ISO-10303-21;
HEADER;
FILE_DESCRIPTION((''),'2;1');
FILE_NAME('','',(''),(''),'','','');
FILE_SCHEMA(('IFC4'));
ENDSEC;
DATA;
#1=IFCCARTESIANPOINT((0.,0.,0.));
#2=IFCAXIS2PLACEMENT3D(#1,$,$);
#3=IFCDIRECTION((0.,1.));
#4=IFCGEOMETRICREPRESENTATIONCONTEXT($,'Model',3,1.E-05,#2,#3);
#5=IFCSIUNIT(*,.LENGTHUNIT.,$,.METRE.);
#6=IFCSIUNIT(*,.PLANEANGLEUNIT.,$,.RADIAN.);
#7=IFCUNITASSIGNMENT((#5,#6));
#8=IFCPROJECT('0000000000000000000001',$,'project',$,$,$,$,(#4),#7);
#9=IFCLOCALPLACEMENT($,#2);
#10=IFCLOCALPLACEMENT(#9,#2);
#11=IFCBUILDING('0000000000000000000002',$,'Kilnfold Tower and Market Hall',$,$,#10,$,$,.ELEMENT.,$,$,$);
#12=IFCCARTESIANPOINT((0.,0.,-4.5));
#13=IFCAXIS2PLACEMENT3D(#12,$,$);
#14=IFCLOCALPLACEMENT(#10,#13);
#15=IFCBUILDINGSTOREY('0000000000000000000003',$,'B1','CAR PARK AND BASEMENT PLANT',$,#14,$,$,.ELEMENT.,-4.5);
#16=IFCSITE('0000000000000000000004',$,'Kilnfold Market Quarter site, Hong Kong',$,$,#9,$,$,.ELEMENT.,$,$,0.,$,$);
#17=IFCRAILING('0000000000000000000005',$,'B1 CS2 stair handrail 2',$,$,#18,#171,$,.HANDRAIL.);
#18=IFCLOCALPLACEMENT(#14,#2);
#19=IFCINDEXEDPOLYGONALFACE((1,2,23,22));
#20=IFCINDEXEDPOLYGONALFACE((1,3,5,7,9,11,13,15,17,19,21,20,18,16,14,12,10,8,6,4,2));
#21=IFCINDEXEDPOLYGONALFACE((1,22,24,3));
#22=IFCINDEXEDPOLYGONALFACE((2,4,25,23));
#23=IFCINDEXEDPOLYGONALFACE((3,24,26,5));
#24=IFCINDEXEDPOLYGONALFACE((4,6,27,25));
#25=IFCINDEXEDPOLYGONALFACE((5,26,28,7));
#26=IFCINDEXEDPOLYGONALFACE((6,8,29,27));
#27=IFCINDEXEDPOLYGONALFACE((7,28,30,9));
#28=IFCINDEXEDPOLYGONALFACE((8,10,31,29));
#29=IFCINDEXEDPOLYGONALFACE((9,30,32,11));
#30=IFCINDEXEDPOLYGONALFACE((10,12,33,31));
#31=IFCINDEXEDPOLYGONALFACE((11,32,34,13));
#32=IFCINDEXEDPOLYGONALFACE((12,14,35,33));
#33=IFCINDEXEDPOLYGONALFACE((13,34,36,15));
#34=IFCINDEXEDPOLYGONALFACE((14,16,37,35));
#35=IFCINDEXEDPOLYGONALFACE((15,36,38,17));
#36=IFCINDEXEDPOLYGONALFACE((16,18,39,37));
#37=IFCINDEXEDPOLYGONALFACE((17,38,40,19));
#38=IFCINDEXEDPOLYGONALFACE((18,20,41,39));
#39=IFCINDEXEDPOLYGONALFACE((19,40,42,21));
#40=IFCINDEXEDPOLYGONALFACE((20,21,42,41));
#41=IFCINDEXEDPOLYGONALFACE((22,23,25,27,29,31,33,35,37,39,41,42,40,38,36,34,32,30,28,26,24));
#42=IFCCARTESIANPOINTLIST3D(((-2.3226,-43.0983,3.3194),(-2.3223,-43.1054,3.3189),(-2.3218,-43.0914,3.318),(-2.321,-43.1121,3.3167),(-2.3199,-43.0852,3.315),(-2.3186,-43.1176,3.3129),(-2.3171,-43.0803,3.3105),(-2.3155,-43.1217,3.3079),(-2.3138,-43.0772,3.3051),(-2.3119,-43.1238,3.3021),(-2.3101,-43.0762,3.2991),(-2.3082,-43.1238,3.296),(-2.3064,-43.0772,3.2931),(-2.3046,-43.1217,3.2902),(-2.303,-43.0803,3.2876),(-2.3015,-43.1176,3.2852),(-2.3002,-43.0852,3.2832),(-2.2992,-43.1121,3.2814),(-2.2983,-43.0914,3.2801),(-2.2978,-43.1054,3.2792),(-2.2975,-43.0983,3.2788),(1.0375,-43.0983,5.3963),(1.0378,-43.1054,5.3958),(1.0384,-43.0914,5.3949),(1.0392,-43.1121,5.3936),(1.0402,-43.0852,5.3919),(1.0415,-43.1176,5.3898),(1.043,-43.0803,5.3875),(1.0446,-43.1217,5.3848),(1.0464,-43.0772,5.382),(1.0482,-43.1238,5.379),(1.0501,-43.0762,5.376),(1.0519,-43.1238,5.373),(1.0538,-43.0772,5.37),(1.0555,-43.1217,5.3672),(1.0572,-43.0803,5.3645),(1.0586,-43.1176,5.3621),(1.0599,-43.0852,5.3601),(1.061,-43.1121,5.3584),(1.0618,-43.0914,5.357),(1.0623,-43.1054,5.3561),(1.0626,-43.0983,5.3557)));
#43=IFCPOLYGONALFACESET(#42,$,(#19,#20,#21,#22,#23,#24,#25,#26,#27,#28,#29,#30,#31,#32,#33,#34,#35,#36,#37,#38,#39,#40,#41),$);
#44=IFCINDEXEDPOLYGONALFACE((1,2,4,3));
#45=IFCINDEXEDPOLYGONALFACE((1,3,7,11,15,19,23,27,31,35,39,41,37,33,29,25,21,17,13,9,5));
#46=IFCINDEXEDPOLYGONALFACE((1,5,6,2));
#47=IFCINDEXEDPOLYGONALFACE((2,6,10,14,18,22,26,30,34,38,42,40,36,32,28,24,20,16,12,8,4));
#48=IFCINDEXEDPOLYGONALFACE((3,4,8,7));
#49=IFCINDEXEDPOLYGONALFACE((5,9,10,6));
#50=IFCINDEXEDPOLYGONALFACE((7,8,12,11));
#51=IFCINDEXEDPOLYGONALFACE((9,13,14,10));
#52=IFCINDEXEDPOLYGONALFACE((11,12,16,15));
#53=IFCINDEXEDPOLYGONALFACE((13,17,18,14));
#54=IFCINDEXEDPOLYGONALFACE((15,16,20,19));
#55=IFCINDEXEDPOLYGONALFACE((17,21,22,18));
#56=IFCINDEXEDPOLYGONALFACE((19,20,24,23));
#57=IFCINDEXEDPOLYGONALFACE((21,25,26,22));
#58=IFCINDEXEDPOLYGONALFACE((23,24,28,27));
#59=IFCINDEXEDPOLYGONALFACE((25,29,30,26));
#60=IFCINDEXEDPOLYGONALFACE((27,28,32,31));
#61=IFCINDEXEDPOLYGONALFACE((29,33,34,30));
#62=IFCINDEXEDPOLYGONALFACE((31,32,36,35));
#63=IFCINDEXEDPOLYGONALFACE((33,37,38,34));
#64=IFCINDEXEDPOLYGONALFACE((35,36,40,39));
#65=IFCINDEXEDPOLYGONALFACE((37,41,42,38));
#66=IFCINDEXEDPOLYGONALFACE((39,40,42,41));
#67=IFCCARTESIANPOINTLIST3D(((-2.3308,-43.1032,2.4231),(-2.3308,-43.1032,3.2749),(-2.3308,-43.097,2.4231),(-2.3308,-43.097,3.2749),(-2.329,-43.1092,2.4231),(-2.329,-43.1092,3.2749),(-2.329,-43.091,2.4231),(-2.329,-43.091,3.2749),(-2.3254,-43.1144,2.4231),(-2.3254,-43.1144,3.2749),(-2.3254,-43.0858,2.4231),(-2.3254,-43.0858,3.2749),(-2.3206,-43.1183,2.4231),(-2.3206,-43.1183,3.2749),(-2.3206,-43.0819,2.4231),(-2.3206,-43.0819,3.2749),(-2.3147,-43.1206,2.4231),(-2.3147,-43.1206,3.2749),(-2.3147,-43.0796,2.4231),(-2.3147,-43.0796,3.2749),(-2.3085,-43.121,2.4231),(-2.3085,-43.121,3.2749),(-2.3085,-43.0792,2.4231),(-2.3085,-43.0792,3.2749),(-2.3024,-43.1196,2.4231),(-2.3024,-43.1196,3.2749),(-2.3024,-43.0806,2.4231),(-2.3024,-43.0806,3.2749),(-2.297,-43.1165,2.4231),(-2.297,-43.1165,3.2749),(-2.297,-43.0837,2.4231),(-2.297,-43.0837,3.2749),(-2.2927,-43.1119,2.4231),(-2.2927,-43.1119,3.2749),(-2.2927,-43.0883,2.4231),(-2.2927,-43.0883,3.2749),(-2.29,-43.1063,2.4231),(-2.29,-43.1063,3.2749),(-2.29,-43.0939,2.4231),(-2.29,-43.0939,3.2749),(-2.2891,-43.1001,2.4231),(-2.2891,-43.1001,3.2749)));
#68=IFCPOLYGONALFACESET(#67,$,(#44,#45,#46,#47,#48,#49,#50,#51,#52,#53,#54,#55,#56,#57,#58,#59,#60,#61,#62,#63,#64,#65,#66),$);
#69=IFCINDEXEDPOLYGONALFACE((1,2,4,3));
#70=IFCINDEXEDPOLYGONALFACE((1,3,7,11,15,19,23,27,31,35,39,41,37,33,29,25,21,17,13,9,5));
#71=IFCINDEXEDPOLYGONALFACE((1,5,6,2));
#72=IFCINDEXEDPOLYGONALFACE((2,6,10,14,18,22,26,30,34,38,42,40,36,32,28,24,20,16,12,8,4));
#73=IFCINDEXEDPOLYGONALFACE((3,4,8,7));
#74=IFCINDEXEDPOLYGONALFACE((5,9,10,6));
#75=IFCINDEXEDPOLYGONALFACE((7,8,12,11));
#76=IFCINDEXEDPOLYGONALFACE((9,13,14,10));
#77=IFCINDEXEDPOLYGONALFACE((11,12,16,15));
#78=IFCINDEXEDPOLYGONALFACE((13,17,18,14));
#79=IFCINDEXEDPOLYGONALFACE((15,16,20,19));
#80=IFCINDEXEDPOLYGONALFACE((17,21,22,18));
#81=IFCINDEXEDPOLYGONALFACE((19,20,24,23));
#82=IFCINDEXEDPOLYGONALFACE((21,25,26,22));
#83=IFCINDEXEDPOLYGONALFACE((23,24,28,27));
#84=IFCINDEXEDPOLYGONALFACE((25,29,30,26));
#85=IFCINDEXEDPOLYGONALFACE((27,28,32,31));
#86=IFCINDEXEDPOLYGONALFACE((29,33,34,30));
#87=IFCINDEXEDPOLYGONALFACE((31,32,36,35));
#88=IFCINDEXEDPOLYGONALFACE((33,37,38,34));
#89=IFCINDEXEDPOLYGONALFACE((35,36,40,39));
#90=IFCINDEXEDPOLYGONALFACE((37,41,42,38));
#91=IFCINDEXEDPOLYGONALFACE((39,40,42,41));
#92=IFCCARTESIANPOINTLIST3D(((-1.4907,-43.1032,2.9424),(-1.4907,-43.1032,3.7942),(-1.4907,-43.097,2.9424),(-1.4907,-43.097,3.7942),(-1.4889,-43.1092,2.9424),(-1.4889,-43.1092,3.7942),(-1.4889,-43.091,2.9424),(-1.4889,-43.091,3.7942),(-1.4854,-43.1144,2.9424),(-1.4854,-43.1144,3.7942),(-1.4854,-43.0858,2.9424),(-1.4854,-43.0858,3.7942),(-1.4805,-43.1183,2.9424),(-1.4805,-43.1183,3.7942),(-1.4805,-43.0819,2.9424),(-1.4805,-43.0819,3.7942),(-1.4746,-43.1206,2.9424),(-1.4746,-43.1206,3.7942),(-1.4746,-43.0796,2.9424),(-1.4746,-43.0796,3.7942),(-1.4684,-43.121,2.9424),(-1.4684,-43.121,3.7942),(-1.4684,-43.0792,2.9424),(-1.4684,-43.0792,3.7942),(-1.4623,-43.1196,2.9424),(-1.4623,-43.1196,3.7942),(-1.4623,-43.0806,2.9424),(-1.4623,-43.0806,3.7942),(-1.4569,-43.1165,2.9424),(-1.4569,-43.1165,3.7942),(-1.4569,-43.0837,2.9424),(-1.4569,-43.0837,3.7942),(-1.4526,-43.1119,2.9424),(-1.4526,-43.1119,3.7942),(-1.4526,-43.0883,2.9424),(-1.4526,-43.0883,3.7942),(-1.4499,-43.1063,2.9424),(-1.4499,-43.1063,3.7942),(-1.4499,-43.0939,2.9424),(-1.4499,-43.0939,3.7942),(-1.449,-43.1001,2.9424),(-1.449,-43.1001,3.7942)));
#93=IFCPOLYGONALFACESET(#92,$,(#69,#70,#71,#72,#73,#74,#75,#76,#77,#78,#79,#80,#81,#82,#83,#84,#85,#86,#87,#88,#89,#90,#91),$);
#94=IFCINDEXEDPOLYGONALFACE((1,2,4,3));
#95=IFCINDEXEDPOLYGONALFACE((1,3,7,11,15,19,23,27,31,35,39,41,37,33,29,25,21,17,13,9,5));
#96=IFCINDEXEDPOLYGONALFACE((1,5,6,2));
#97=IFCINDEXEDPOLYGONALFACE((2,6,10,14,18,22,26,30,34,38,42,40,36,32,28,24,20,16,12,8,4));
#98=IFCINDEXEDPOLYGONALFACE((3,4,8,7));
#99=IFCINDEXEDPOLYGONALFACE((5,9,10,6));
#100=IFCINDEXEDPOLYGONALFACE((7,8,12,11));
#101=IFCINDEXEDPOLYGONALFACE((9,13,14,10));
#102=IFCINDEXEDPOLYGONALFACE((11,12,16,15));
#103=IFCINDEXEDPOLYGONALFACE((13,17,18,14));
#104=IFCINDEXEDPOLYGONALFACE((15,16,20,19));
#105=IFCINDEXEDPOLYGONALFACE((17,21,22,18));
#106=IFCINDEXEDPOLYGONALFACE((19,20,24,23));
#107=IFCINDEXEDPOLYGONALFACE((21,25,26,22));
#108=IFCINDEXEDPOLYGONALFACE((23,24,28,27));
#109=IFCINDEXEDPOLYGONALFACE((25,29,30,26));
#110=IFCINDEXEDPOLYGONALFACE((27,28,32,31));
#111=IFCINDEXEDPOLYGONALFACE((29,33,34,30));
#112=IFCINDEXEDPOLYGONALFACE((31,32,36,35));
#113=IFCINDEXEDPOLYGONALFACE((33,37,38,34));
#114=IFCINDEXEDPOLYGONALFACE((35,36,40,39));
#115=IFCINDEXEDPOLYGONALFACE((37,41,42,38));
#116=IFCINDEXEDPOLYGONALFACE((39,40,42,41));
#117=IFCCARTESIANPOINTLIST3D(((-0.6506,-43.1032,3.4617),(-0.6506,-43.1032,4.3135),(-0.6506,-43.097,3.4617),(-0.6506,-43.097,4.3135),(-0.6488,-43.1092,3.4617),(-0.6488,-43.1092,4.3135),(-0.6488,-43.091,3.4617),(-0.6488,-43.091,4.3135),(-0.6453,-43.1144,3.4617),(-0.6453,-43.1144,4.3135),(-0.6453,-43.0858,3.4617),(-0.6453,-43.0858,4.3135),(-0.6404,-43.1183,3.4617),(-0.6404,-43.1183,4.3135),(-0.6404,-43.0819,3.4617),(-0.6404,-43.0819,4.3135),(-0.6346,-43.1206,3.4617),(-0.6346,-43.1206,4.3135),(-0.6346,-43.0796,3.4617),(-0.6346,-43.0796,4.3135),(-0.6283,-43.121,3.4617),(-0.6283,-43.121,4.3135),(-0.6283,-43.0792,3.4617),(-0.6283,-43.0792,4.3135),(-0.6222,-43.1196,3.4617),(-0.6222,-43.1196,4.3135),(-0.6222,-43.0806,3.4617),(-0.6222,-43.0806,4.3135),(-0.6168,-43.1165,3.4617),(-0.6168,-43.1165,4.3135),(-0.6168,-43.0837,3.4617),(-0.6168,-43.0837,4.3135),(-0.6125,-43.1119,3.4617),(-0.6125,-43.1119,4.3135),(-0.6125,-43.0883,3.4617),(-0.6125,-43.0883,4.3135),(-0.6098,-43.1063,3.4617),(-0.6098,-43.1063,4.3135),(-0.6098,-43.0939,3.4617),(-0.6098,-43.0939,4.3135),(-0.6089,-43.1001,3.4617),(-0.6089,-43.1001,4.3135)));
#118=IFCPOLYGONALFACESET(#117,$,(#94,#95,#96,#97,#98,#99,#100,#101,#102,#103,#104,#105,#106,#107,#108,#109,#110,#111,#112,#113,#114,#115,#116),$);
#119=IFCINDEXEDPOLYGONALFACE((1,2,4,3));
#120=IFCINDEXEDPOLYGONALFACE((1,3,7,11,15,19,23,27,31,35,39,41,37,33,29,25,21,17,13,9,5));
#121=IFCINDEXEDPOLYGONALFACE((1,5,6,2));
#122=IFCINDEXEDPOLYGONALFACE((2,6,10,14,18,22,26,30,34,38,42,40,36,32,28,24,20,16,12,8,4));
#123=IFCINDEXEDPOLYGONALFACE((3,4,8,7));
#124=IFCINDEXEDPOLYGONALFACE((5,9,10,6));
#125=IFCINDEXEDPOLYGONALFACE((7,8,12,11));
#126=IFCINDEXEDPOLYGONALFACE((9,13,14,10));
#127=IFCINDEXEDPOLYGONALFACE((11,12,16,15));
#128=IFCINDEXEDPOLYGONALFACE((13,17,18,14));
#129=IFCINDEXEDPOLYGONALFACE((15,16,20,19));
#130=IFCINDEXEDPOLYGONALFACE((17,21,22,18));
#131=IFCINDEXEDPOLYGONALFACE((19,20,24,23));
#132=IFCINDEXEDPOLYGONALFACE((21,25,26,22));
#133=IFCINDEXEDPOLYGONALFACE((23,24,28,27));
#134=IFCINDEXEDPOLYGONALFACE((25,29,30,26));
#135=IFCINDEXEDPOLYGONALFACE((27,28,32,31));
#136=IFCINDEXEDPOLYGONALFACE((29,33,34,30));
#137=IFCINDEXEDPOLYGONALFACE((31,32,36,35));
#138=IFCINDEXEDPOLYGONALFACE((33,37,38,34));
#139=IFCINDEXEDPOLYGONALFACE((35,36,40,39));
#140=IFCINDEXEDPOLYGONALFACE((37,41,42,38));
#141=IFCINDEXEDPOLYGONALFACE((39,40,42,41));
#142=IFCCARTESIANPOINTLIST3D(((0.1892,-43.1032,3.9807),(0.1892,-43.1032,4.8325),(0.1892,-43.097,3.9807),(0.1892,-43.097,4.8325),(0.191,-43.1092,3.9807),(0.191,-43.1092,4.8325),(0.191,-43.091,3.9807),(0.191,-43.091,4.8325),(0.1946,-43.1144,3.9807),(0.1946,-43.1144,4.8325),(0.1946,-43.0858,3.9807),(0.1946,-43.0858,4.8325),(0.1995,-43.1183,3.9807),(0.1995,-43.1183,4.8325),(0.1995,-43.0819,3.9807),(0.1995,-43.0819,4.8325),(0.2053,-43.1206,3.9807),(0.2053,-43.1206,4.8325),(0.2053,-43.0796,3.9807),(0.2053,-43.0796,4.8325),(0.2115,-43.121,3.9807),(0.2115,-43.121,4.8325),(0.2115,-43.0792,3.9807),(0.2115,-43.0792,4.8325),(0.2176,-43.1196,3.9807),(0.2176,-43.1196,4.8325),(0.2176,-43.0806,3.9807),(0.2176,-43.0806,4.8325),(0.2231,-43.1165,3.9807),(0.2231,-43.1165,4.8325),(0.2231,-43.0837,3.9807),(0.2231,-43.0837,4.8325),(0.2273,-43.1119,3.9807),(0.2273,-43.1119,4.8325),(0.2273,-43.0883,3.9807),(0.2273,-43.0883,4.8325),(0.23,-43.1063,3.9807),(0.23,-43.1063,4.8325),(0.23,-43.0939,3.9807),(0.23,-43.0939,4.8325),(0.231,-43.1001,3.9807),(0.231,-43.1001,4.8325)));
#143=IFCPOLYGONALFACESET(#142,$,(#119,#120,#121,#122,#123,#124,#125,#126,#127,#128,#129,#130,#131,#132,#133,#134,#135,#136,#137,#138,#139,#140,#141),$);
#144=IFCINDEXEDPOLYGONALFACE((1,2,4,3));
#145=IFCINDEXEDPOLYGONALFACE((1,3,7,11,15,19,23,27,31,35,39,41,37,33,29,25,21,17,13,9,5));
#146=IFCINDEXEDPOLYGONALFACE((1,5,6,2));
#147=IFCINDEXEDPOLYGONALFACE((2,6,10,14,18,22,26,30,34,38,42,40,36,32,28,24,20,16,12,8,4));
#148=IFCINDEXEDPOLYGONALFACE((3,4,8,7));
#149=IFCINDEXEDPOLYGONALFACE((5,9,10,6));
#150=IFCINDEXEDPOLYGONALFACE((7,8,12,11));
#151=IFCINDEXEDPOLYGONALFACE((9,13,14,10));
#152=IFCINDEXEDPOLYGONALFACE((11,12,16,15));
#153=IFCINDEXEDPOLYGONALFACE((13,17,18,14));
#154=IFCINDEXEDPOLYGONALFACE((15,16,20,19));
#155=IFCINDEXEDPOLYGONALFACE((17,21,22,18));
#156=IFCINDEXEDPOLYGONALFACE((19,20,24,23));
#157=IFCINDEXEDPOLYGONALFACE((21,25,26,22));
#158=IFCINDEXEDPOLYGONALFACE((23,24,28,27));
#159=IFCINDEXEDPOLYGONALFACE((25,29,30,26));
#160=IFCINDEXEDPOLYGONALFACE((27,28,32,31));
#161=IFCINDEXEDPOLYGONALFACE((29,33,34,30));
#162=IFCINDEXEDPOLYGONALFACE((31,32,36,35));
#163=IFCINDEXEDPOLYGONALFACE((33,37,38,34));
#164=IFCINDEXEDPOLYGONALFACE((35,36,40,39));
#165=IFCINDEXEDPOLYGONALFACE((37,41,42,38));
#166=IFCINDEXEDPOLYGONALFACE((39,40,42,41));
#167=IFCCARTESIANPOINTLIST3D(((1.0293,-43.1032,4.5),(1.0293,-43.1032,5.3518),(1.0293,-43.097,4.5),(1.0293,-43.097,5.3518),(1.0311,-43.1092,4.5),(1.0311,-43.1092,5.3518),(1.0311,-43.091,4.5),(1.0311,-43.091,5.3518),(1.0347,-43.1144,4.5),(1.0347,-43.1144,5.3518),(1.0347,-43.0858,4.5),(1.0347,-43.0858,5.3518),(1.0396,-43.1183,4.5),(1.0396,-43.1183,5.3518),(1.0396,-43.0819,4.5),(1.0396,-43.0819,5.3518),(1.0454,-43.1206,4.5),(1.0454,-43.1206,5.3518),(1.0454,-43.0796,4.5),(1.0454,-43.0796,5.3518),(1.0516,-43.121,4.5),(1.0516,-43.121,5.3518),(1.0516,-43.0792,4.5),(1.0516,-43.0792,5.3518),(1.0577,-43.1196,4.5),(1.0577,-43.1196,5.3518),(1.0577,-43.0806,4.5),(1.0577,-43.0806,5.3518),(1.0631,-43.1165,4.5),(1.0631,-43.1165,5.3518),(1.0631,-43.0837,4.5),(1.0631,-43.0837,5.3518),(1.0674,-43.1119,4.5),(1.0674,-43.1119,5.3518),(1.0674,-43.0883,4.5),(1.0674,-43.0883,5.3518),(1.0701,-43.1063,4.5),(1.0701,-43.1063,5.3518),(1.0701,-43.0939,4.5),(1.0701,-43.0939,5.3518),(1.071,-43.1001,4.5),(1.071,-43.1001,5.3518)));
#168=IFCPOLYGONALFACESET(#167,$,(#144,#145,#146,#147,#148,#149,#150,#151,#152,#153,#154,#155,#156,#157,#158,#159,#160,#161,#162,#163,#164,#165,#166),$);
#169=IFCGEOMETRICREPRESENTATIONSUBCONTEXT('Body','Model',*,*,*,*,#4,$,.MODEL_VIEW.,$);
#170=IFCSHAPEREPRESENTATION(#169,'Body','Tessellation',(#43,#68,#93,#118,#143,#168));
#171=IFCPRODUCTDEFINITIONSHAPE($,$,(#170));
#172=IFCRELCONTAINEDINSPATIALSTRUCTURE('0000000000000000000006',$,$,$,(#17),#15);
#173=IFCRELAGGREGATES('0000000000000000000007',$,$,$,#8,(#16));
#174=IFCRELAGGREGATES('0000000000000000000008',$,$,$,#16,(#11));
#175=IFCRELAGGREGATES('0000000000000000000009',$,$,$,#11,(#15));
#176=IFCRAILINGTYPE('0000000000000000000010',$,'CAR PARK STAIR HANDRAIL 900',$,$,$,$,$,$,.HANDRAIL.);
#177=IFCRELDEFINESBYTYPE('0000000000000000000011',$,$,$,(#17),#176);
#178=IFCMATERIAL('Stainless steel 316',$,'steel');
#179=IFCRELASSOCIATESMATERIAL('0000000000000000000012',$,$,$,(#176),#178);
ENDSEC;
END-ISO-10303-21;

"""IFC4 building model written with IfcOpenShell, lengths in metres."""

from ifc_helpers import new_model, si_unit, direction, frame, origin, origin_2d, place, context, subcontext, project, spatial, circle, extrude, material, type_object, element, save


model = new_model("IFC4")

# Units and contexts
model_context = context("Model", 3, precision=1e-05, world=origin(), true_north=direction((0.0, 1.0)))
body_context = subcontext(model_context, "Body", "Model", "MODEL_VIEW")
ifc_project = project(units=[si_unit("LENGTHUNIT", "METRE"), si_unit("PLANEANGLEUNIT", "RADIAN")], contexts=[model_context])

# Site, building, storey
site_placement = place(None, origin())
site = spatial("IfcSite", under=ifc_project, at=site_placement, Name="Kilnfold Market Quarter site, Hong Kong", CompositionType="ELEMENT", RefElevation=0.0)
building_placement = place(site_placement, origin())
building = spatial("IfcBuilding", under=site, at=building_placement, Name="Kilnfold Tower and Market Hall", CompositionType="ELEMENT")
storey_placement = place(building_placement, frame((0.0, 0.0, -4.5)))
storey = spatial("IfcBuildingStorey", under=building, at=storey_placement, Name="B1", Description="CAR PARK AND BASEMENT PLANT", CompositionType="ELEMENT", Elevation=-4.5)

# Railing
ifc_material_1 = material(Name="Stainless steel 316", Category="steel")
railing_type_1 = type_object("IfcRailingType", Name="CAR PARK STAIR HANDRAIL 900", PredefinedType="HANDRAIL", material=ifc_material_1)
railing_1_placement = place(storey_placement, frame((-2.3101, -43.1001, 2.4231)))
element("IfcRailing", 1, at=railing_1_placement, inside=storey, type_object=railing_type_1, Name="B1 CS2 stair handrail 2", PredefinedType="HANDRAIL", context=body_context, shape_type="SweptSolid", body=[
    extrude(circle(Radius=0.0239, at=origin_2d()), frame((0.0, 0.0, 0.876), z_axis=(0.850623, 0.0, 0.525776), x_axis=(0.0, 1.0, 0.0)), (0.0, 0.0, 1.0), 3.9502),
    extrude(circle(Radius=0.021, at=origin_2d()), origin(), (0.0, 0.0, 1.0), 0.8518),
    extrude(circle(Radius=0.021, at=origin_2d()), frame((0.8401, 0.0, 0.5193)), (0.0, 0.0, 1.0), 0.8518),
    extrude(circle(Radius=0.021, at=origin_2d()), frame((1.6802, 0.0, 1.0386)), (0.0, 0.0, 1.0), 0.8518),
    extrude(circle(Radius=0.021, at=origin_2d()), frame((2.52, 0.0, 1.5576)), (0.0, 0.0, 1.0), 0.8518),
    extrude(circle(Radius=0.021, at=origin_2d()), frame((3.3601, 0.0, 2.0769)), (0.0, 0.0, 1.0), 0.8518),
])

save(model, "model.ifc")
